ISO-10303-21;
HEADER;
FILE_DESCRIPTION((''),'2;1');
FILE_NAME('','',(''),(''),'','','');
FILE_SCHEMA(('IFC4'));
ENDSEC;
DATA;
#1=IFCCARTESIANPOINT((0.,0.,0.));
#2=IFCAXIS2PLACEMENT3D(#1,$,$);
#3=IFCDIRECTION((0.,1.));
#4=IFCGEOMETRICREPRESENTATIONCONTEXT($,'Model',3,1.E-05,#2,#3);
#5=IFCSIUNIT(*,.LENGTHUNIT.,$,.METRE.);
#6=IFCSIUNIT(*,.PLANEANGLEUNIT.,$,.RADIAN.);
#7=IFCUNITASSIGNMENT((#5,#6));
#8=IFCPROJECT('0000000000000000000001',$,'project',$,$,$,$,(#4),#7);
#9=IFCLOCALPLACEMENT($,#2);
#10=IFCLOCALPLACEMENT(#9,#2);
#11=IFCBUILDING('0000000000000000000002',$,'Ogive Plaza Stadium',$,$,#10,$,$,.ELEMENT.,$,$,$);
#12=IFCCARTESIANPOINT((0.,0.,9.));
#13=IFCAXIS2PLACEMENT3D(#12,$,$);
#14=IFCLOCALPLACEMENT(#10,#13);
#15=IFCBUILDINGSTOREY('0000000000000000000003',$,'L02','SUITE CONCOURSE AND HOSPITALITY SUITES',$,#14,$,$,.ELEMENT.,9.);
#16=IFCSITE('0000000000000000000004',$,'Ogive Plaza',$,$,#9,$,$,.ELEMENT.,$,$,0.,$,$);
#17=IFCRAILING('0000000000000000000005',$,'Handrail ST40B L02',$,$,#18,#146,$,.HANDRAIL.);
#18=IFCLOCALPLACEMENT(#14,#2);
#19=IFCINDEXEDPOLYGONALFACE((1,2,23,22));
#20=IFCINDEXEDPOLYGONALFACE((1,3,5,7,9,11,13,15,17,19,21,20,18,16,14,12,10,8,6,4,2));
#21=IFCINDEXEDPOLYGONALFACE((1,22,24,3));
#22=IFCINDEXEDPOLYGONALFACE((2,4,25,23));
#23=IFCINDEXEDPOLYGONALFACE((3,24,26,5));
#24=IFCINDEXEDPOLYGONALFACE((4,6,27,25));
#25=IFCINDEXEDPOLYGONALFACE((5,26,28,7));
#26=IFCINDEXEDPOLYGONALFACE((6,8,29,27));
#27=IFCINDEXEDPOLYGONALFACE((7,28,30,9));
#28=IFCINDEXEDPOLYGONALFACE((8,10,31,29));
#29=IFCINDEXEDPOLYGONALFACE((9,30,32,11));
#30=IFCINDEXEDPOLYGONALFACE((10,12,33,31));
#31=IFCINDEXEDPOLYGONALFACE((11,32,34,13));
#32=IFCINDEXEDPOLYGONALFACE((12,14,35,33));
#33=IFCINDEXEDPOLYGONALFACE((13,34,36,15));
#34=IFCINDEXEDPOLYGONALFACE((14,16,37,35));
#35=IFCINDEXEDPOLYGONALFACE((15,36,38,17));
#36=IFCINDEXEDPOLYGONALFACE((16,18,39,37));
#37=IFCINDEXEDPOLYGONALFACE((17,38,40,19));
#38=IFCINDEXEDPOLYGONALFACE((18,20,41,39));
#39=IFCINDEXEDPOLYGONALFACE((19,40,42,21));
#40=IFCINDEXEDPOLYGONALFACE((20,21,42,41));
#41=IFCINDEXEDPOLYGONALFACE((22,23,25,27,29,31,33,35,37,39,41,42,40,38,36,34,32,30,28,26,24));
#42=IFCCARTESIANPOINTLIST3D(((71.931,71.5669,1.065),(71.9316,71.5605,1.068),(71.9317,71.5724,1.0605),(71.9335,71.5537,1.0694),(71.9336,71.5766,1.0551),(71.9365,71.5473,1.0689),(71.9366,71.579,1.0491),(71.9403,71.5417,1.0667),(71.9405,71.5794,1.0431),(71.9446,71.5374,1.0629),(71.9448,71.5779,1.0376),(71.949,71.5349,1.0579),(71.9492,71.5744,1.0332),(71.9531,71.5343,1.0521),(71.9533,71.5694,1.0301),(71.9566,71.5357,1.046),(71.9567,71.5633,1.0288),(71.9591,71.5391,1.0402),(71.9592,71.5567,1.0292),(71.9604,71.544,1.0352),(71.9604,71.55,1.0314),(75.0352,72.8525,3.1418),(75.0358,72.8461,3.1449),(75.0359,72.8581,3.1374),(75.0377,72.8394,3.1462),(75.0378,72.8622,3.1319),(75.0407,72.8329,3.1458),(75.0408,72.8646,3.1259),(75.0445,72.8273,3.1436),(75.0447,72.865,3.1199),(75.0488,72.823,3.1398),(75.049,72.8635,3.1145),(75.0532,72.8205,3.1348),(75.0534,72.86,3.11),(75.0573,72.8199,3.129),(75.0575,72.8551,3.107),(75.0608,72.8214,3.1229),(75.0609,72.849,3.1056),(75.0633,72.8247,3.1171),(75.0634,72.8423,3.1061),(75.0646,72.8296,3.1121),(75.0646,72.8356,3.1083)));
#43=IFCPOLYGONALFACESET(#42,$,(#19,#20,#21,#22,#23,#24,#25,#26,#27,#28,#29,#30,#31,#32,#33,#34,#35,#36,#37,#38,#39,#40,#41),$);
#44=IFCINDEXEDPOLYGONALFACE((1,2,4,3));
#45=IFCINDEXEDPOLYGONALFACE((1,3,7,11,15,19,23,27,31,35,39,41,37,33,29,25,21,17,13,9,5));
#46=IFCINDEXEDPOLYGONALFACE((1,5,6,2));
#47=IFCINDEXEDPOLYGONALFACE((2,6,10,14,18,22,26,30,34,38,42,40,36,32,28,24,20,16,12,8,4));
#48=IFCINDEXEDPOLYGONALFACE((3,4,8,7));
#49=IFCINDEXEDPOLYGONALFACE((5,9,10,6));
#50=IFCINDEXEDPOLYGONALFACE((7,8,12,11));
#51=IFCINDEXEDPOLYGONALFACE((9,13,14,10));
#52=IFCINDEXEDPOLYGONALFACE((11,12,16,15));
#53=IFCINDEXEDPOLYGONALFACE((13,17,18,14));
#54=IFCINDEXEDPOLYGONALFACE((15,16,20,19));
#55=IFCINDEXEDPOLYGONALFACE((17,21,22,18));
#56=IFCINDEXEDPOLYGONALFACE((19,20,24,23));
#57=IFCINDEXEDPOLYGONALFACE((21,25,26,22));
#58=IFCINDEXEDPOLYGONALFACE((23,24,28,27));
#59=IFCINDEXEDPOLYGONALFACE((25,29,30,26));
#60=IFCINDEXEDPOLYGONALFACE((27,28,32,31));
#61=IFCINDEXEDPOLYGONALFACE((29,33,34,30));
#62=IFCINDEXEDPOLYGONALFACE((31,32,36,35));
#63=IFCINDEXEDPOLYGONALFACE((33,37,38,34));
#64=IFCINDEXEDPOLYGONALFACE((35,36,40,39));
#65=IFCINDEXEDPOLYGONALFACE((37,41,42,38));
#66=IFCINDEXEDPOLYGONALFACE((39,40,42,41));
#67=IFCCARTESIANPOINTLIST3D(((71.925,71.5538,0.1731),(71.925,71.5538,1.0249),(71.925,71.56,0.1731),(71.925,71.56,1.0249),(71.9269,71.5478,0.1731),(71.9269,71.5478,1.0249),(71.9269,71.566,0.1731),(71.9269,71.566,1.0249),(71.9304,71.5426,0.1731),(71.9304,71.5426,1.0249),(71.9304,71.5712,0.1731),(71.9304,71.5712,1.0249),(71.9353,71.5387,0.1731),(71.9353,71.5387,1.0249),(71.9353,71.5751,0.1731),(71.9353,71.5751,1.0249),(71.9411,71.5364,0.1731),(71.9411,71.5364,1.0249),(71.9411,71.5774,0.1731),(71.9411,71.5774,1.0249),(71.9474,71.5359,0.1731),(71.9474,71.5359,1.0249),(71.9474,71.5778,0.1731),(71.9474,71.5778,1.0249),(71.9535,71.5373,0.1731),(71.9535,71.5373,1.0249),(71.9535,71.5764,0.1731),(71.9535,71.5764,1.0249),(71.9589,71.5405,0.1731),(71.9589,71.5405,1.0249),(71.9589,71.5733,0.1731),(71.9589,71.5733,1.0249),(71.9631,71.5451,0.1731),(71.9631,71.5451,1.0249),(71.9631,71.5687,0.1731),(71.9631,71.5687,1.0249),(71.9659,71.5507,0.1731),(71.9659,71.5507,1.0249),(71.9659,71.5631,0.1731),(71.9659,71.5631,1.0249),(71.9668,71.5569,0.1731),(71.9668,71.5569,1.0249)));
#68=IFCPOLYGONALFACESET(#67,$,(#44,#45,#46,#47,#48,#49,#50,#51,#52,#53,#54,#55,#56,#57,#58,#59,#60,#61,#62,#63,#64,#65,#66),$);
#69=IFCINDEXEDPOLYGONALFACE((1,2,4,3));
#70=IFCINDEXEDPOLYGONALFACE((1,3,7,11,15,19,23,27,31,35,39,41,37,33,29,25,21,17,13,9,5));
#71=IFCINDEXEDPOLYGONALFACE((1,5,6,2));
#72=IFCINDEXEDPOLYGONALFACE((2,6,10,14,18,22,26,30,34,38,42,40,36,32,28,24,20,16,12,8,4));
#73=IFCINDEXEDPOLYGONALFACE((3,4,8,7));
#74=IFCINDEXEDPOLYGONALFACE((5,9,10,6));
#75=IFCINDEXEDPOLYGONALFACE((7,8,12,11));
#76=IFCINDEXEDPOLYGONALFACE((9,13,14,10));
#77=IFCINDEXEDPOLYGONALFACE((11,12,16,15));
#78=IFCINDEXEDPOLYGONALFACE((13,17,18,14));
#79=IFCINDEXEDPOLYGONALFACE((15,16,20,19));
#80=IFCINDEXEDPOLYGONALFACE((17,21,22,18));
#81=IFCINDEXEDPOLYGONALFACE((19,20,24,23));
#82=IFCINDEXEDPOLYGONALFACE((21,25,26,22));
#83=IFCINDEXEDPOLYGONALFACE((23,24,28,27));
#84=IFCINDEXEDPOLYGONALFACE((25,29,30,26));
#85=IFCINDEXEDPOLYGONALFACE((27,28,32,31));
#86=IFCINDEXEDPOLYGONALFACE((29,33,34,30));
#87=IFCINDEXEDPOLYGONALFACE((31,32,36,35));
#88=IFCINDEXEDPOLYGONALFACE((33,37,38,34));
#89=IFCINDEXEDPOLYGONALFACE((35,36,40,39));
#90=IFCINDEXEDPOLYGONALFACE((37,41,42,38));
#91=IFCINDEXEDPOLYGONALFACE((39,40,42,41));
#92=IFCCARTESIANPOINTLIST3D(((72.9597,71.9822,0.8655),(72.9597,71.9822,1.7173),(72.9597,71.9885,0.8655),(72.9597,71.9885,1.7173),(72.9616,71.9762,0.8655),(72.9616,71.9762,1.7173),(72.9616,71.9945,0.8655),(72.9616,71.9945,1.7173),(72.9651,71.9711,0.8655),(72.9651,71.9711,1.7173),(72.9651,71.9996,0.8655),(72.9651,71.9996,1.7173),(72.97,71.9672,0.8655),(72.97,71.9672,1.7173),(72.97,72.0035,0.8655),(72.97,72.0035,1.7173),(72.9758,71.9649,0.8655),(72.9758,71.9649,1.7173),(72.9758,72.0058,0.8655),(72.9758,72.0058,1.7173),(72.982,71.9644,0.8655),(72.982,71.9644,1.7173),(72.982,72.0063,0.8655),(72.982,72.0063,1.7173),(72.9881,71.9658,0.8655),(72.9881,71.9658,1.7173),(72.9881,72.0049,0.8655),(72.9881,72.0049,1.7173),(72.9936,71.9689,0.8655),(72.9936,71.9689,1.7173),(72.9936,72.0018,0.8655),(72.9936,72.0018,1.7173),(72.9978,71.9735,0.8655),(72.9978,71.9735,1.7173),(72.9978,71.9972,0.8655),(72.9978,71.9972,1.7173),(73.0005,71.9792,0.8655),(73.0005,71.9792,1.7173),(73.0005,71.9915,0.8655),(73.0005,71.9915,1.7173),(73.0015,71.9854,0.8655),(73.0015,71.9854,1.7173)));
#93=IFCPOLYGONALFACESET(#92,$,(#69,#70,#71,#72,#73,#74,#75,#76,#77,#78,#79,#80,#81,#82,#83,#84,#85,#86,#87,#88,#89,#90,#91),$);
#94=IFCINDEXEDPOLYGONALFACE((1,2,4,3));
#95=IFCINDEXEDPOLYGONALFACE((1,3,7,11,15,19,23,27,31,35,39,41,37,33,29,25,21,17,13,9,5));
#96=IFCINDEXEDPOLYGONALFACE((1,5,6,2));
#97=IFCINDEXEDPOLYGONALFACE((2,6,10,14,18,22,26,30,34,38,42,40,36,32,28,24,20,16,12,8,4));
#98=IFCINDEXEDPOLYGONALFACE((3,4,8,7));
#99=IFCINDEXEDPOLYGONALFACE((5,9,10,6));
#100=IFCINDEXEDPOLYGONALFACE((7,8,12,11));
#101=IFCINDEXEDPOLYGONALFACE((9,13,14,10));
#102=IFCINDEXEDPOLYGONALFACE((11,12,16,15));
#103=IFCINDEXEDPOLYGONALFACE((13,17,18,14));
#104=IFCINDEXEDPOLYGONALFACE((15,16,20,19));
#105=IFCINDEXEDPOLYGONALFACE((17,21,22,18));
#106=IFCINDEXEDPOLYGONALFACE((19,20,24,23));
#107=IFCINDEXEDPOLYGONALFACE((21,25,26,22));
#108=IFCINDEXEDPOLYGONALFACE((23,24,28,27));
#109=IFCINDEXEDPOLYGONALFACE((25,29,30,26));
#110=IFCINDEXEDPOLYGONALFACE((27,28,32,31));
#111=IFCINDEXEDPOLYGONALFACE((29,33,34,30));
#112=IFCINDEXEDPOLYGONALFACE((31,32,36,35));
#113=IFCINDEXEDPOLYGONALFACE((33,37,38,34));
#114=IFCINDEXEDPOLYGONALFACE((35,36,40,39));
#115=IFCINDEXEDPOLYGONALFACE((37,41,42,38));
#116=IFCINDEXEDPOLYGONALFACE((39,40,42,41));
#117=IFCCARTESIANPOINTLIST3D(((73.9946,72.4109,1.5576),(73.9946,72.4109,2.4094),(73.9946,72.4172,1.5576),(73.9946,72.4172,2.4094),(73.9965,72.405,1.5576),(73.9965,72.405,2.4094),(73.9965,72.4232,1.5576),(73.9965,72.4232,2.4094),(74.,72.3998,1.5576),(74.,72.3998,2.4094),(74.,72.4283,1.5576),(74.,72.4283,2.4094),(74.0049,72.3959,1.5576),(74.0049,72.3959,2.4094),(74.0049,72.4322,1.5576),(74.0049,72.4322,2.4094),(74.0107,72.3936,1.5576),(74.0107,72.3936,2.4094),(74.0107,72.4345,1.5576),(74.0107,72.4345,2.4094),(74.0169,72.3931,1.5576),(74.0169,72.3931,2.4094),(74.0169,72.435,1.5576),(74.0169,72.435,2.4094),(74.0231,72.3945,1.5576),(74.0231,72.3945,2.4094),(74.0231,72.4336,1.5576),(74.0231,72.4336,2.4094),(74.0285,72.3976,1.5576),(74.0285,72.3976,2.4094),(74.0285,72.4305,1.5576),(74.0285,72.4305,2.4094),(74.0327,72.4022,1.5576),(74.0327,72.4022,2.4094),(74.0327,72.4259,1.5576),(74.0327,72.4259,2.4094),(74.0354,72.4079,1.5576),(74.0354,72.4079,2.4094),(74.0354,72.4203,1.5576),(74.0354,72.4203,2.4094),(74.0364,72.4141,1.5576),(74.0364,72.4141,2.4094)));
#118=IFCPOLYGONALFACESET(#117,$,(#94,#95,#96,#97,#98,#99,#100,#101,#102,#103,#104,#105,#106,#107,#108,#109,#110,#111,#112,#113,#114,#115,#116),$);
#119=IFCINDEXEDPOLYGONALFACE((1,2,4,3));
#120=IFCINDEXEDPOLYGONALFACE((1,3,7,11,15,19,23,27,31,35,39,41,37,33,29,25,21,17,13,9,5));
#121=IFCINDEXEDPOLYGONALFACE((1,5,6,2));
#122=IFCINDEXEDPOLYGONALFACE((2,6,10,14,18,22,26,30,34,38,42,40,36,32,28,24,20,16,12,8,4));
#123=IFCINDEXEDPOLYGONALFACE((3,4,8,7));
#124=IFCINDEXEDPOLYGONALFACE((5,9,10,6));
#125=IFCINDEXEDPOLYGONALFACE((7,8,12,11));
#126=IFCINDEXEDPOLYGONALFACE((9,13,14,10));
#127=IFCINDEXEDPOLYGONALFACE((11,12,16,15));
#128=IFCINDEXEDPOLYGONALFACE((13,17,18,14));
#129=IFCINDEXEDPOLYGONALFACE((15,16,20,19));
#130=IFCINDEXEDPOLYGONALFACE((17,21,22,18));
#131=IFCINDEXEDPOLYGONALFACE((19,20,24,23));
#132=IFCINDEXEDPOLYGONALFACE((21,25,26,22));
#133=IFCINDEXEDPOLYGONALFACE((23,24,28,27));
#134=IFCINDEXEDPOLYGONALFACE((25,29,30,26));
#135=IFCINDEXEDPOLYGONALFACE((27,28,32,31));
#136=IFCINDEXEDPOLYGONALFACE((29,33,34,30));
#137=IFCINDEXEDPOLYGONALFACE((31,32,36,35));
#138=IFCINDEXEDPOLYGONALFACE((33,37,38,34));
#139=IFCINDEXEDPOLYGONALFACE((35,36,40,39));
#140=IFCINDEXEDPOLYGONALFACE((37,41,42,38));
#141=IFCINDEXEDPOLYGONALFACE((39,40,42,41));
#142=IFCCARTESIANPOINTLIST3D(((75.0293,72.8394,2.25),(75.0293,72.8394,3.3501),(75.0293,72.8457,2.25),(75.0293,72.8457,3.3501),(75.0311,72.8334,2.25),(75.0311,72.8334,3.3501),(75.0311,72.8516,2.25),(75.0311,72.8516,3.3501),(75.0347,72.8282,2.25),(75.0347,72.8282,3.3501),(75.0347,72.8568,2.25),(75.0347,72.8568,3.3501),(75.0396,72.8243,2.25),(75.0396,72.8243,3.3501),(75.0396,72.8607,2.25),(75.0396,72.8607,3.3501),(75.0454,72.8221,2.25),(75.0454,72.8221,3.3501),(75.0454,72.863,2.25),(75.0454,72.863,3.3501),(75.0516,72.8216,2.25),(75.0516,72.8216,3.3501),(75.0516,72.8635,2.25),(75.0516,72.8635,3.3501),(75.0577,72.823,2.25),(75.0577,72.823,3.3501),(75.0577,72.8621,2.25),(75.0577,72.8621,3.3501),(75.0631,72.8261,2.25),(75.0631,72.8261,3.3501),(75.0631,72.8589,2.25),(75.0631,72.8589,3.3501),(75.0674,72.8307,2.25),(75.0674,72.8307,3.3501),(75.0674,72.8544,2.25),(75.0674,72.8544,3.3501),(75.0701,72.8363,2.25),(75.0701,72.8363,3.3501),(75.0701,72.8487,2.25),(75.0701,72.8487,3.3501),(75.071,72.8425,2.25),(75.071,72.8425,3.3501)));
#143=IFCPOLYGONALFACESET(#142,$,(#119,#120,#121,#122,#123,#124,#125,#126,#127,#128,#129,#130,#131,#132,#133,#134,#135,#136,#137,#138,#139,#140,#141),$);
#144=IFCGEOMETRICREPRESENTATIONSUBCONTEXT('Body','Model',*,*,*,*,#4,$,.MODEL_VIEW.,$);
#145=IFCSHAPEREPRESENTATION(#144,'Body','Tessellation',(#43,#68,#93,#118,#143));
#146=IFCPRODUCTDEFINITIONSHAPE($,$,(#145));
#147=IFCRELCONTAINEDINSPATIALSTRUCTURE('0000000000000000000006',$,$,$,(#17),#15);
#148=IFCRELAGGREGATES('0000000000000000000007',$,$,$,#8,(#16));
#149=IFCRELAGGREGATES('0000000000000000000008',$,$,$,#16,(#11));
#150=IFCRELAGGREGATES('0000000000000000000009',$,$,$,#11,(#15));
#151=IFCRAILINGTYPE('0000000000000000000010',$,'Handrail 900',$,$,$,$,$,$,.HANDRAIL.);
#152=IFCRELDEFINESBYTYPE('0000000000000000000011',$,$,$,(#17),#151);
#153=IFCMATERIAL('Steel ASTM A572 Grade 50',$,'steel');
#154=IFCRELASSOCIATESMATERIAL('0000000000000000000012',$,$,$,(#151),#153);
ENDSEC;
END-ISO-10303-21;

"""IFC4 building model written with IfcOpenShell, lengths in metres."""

from ifc_helpers import new_model, si_unit, direction, frame, origin, origin_2d, place, context, subcontext, project, spatial, circle, extrude, material, type_object, element, save


model = new_model("IFC4")

# Units and contexts
model_context = context("Model", 3, precision=1e-05, world=origin(), true_north=direction((0.0, 1.0)))
body_context = subcontext(model_context, "Body", "Model", "MODEL_VIEW")
ifc_project = project(units=[si_unit("LENGTHUNIT", "METRE"), si_unit("PLANEANGLEUNIT", "RADIAN")], contexts=[model_context])

# Site, building, storey
site_placement = place(None, origin())
site = spatial("IfcSite", under=ifc_project, at=site_placement, Name="Ogive Plaza", CompositionType="ELEMENT", RefElevation=0.0)
building_placement = place(site_placement, origin())
building = spatial("IfcBuilding", under=site, at=building_placement, Name="Ogive Plaza Stadium", CompositionType="ELEMENT")
storey_placement = place(building_placement, frame((0.0, 0.0, 9.0)))
storey = spatial("IfcBuildingStorey", under=building, at=storey_placement, Name="L02", Description="SUITE CONCOURSE AND HOSPITALITY SUITES", CompositionType="ELEMENT", Elevation=9.0)

# Railing
ifc_material_1 = material(Name="Steel ASTM A572 Grade 50", Category="steel")
railing_type_1 = type_object("IfcRailingType", Name="Handrail 900", PredefinedType="HANDRAIL", material=ifc_material_1)
railing_1_placement = place(storey_placement, frame((71.9458, 71.5569, 0.1731)))
element("IfcRailing", 1, at=railing_1_placement, inside=storey, type_object=railing_type_1, Name="Handrail ST40B L02", PredefinedType="HANDRAIL", context=body_context, shape_type="SweptSolid", body=[
    extrude(circle(Radius=0.0239, at=origin_2d()), frame((0.0, 0.0, 0.876), z_axis=(0.785879, 0.325477, 0.525794), x_axis=(-0.382638, 0.923898, 0.0)), (0.0, 0.0, 1.0), 3.95),
    extrude(circle(Radius=0.021, at=origin_2d()), origin(), (0.0, 0.0, 1.0), 0.8518),
    extrude(circle(Radius=0.021, at=origin_2d()), frame((1.0347, 0.4285, 0.6924)), (0.0, 0.0, 1.0), 0.8518),
    extrude(circle(Radius=0.021, at=origin_2d()), frame((2.0696, 0.8572, 1.3845)), (0.0, 0.0, 1.0), 0.8518),
    extrude(circle(Radius=0.021, at=origin_2d()), frame((3.1042, 1.2856, 2.0769)), (0.0, 0.0, 1.0), 1.1001),
])

save(model, "model.ifc")
